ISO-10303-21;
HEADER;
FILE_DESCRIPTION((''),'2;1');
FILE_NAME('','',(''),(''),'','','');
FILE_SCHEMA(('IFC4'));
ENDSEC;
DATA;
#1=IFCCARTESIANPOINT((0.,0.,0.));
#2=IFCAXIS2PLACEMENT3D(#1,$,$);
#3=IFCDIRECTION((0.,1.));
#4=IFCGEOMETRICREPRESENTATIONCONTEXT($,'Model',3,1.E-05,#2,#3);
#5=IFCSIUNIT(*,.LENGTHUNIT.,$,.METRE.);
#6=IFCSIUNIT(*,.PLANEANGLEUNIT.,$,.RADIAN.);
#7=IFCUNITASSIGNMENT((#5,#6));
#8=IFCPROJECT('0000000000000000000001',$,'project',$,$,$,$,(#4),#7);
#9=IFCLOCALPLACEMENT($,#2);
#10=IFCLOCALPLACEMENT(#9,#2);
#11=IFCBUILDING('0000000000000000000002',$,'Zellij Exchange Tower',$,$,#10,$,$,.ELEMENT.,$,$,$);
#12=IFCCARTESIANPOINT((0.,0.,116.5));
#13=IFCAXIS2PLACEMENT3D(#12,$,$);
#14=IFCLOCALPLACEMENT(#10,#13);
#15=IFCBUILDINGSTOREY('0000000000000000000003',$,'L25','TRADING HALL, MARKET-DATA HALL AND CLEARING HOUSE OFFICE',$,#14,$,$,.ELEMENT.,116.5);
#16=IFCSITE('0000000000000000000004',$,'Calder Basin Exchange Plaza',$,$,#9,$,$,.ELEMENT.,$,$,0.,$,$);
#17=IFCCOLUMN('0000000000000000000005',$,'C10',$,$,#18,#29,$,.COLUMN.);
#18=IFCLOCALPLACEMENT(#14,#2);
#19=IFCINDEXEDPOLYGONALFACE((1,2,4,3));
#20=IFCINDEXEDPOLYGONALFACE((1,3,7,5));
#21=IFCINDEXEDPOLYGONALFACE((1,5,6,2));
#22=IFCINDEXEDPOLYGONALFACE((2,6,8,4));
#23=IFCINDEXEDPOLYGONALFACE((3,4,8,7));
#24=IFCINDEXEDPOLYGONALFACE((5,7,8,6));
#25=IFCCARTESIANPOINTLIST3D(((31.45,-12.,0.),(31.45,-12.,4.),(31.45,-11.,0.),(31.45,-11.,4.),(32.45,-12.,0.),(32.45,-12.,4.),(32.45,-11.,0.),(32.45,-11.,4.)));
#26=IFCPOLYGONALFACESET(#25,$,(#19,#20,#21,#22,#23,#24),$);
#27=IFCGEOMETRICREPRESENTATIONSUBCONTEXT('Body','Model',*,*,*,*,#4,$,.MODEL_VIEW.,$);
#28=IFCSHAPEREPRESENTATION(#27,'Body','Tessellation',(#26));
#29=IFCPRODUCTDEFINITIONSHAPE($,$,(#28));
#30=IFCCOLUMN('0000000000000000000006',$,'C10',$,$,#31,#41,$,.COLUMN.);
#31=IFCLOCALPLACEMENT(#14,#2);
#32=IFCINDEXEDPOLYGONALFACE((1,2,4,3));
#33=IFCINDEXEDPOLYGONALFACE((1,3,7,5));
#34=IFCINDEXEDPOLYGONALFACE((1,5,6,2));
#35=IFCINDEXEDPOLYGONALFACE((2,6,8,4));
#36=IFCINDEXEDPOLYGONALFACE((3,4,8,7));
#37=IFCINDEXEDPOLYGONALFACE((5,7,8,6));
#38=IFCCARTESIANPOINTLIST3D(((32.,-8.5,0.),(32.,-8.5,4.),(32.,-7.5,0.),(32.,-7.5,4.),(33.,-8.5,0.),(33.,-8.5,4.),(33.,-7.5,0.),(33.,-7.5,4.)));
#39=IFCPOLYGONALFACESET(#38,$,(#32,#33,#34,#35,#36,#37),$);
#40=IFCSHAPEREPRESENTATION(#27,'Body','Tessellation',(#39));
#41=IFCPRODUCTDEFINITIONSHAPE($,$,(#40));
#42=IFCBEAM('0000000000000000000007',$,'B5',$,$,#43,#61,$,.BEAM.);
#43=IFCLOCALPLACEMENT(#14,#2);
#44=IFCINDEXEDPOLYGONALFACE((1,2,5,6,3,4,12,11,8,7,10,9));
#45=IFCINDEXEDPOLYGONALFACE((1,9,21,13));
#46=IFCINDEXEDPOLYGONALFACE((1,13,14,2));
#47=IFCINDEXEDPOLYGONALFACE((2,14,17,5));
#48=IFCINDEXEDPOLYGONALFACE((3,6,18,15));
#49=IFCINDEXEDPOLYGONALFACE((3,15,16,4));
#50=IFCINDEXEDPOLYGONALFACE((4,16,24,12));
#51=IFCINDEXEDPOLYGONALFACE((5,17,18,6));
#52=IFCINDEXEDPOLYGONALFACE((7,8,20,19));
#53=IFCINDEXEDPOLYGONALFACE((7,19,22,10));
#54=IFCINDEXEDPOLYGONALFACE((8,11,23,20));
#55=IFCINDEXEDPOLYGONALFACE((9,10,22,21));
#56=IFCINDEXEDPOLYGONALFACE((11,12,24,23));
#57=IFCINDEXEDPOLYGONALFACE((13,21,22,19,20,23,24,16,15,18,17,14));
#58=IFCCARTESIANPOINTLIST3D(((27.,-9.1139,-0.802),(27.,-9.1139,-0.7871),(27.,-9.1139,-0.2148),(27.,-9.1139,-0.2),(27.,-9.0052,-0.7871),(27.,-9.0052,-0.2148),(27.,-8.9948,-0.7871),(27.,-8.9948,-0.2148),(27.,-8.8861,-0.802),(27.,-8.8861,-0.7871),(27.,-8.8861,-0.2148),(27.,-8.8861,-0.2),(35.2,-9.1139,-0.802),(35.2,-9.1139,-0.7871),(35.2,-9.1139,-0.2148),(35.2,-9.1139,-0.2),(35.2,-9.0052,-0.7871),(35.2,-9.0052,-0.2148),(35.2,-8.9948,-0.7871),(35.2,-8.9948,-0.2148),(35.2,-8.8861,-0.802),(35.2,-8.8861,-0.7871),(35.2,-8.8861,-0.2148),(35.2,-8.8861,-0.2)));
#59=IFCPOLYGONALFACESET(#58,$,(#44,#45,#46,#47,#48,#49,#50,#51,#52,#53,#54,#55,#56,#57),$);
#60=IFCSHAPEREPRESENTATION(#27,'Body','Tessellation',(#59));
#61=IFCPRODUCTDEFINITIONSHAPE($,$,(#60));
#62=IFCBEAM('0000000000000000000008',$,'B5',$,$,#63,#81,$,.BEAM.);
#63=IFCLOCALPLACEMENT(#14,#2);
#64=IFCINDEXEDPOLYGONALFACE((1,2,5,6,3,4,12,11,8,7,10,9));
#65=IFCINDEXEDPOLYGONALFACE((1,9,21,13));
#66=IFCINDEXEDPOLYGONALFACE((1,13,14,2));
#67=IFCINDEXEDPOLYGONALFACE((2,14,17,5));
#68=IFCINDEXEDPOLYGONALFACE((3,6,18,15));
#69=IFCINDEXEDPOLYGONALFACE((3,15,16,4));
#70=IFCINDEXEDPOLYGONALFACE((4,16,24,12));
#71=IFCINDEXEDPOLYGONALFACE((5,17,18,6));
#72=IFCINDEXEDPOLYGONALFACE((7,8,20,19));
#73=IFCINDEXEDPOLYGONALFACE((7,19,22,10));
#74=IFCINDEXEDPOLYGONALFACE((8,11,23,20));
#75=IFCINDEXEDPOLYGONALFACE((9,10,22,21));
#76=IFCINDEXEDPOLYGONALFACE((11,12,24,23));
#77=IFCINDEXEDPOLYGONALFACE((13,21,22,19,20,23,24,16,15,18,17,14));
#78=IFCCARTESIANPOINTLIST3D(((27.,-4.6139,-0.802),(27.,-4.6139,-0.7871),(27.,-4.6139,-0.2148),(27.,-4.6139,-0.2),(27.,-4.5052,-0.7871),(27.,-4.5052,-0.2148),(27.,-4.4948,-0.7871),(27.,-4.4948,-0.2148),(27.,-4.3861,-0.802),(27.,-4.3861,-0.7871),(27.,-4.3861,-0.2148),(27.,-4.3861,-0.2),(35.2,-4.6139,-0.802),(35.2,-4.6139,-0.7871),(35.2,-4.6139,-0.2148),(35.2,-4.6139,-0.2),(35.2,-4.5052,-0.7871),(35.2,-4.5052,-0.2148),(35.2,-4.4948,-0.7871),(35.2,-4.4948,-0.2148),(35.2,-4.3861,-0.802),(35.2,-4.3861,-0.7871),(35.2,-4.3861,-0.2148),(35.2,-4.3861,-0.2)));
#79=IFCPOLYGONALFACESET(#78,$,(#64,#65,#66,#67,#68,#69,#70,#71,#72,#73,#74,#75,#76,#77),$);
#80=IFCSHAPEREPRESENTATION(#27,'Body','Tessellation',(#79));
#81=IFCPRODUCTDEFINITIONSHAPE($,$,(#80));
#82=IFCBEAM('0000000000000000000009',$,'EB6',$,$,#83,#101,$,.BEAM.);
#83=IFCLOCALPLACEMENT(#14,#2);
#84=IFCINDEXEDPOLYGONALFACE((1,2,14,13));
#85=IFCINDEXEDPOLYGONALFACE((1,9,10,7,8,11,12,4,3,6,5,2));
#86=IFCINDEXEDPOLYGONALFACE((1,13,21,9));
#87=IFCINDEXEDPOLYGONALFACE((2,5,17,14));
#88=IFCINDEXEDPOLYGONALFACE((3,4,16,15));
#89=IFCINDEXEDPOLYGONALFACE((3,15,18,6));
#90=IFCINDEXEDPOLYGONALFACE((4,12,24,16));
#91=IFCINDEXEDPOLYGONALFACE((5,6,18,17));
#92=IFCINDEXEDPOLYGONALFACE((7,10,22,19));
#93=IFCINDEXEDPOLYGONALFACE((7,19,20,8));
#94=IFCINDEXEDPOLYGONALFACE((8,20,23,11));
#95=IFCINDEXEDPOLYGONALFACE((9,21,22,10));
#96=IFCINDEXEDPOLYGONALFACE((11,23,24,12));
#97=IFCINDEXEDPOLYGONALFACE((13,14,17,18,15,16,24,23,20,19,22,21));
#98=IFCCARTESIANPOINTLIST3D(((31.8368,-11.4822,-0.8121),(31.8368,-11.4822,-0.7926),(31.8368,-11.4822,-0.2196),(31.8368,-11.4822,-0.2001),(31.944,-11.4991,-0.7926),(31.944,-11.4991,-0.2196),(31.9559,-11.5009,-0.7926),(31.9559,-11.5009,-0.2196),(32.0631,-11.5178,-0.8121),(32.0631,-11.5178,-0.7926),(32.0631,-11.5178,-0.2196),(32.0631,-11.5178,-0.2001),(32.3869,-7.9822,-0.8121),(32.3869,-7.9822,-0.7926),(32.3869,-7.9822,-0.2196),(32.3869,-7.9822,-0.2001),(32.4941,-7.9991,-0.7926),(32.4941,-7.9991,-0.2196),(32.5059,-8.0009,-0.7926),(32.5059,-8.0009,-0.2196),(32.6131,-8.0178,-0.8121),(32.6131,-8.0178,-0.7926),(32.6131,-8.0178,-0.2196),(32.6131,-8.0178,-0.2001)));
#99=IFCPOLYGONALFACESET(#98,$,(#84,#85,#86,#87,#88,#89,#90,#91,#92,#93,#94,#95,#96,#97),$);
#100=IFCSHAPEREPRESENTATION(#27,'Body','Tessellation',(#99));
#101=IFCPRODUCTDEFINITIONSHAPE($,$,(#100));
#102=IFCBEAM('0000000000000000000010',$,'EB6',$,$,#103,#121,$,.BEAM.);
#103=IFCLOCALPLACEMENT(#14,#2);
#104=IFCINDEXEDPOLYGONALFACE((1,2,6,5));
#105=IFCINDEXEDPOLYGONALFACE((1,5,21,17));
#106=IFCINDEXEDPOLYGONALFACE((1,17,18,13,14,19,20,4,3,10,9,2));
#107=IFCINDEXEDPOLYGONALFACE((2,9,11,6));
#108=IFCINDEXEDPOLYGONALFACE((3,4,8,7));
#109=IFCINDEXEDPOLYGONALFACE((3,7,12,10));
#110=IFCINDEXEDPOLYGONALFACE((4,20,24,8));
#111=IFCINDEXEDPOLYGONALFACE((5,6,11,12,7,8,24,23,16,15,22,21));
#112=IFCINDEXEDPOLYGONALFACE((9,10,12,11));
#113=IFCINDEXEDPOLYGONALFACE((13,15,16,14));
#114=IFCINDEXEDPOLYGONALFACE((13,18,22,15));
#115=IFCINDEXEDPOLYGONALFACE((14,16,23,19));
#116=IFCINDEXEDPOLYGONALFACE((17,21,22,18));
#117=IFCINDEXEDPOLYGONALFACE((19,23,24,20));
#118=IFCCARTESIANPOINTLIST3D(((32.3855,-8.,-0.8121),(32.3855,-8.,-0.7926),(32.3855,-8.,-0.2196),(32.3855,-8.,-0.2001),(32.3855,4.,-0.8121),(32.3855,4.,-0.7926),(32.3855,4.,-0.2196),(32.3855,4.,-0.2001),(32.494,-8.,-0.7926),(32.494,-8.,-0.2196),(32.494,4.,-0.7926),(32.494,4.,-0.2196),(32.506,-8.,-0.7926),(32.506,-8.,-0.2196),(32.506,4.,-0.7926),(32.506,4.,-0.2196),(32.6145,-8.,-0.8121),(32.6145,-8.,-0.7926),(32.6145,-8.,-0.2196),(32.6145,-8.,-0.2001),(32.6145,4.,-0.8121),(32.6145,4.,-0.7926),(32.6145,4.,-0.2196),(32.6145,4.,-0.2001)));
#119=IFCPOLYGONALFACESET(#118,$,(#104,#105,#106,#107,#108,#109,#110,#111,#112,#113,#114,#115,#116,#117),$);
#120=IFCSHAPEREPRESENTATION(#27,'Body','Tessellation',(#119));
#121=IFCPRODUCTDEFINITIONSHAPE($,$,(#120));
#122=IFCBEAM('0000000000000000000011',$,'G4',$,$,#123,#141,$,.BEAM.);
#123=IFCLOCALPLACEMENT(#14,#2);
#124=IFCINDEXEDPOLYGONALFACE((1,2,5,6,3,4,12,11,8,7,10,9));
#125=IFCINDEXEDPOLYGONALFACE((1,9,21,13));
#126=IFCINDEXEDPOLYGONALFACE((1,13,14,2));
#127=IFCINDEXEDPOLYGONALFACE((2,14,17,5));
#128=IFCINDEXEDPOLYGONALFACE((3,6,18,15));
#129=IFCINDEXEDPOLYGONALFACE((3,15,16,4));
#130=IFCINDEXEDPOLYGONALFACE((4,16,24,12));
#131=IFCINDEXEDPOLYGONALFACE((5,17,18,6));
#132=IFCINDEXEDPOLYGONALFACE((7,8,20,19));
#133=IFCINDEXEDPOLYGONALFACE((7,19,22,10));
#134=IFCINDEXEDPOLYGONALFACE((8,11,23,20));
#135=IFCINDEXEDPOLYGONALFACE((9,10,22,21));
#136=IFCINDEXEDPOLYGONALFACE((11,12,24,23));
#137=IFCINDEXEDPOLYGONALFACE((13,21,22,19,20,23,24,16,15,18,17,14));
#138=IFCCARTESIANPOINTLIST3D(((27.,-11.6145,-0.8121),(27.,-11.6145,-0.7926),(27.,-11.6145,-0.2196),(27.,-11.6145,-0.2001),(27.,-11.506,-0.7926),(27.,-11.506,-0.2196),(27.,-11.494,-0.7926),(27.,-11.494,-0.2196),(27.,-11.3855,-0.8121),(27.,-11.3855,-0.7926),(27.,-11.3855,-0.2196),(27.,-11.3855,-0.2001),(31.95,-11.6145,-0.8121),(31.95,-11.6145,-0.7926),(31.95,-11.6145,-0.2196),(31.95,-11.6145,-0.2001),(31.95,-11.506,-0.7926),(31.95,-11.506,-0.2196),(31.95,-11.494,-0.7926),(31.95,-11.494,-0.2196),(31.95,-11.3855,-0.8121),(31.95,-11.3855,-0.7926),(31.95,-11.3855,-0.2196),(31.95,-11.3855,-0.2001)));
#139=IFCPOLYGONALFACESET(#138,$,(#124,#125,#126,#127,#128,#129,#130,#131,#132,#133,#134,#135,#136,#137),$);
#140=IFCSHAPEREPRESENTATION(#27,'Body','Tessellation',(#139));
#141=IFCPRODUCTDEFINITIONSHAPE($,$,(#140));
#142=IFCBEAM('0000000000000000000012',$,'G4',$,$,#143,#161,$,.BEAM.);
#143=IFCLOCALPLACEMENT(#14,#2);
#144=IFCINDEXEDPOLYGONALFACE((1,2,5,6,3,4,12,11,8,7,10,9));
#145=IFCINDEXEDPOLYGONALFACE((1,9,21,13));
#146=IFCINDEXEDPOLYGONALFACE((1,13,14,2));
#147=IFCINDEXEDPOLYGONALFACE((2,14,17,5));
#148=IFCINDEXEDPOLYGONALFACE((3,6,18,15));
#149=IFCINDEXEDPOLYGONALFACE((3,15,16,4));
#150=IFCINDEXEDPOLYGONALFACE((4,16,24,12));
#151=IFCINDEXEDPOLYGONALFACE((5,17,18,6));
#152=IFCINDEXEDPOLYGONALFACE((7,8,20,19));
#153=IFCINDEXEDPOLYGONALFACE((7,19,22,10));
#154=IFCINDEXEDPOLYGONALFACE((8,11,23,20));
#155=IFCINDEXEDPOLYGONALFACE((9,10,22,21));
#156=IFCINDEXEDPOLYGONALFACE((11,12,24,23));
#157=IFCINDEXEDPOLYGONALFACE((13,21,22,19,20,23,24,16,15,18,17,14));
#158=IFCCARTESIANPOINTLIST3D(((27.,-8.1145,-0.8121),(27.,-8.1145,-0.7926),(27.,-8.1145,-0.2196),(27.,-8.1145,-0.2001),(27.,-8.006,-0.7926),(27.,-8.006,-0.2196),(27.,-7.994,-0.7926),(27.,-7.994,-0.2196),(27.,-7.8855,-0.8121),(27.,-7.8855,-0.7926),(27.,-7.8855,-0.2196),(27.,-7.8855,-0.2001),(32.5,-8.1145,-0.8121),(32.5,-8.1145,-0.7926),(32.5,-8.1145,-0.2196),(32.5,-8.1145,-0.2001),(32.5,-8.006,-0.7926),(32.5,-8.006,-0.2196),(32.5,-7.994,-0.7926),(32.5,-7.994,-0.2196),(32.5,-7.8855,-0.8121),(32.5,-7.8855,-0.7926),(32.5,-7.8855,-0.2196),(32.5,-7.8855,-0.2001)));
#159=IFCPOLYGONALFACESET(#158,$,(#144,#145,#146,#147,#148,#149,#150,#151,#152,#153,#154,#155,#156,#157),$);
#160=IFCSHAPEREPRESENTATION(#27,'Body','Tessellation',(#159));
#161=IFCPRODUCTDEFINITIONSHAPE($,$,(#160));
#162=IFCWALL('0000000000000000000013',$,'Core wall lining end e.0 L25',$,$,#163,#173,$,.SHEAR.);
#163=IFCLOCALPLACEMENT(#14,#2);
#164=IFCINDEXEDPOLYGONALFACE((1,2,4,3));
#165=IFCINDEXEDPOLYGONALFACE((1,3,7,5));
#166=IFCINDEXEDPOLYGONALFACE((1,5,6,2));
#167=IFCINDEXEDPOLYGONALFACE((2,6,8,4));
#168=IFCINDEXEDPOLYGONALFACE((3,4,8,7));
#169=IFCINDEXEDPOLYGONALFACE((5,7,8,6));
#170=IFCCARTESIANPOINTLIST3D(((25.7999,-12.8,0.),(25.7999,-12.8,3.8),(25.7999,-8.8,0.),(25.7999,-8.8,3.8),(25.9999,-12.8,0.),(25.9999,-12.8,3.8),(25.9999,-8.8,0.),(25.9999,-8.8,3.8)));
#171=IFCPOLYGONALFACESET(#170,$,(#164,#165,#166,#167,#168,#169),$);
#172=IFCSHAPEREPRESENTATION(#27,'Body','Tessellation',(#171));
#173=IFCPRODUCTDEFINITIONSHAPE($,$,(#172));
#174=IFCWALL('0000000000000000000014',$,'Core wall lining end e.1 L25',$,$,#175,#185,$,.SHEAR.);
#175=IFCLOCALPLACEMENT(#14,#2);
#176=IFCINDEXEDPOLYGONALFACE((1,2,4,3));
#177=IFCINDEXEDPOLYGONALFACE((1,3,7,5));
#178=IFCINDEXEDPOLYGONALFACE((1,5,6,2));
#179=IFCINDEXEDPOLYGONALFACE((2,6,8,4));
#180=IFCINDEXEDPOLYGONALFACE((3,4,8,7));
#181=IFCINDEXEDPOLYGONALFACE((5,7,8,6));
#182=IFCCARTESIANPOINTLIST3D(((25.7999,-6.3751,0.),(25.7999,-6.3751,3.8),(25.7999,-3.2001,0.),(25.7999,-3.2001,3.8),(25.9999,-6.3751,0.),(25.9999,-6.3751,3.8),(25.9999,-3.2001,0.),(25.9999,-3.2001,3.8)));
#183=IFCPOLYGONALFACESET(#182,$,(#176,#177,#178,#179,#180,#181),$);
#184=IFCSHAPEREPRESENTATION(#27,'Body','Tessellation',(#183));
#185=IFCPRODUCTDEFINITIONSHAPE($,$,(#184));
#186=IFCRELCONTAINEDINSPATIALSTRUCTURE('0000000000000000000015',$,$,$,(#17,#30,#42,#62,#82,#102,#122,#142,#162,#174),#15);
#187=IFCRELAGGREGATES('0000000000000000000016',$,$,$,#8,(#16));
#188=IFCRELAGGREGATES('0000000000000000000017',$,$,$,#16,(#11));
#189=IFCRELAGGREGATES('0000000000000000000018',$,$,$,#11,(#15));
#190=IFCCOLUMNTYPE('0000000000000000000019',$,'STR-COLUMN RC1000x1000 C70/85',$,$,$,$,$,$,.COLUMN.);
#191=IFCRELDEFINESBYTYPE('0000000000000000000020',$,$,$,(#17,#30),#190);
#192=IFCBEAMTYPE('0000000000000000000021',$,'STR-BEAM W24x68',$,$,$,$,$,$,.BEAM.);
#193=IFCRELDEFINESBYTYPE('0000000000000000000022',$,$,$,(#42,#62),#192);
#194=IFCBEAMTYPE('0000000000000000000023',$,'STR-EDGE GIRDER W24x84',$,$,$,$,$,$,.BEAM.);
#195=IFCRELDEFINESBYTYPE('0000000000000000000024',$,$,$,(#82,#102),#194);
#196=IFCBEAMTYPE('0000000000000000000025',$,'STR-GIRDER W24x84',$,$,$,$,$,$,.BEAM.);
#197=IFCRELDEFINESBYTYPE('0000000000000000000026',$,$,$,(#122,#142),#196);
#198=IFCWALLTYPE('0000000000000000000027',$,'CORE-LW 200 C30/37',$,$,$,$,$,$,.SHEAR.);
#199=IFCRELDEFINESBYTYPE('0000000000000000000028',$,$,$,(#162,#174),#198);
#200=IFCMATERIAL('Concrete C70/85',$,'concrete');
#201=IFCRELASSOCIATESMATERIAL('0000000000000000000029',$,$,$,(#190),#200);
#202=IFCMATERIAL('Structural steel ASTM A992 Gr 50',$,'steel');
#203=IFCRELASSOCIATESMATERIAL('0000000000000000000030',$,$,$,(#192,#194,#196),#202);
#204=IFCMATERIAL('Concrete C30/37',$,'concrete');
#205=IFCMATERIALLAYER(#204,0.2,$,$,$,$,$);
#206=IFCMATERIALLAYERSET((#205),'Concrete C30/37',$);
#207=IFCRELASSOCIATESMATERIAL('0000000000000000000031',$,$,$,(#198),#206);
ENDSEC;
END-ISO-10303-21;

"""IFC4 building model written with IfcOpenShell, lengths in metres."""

from ifc_helpers import new_model, si_unit, direction, frame, frame_2d, origin, origin_2d, place, context, subcontext, project, spatial, rectangle, i_section, extrude, material, layer, layer_set, material_profile, profile_set, type_object, element, save


model = new_model("IFC4")

# Units and contexts
model_context = context("Model", 3, precision=1e-05, world=origin(), true_north=direction((0.0, 1.0)))
body_context = subcontext(model_context, "Body", "Model", "MODEL_VIEW")
ifc_project = project(units=[si_unit("LENGTHUNIT", "METRE"), si_unit("PLANEANGLEUNIT", "RADIAN")], contexts=[model_context])

# Site, building, storey
site_placement = place(None, origin())
site = spatial("IfcSite", under=ifc_project, at=site_placement, Name="Calder Basin Exchange Plaza", CompositionType="ELEMENT", RefElevation=0.0)
building_placement = place(site_placement, origin())
building = spatial("IfcBuilding", under=site, at=building_placement, Name="Zellij Exchange Tower", CompositionType="ELEMENT")
storey_placement = place(building_placement, frame((0.0, 0.0, 116.5)))
storey = spatial("IfcBuildingStorey", under=building, at=storey_placement, Name="L25", Description="TRADING HALL, MARKET-DATA HALL AND CLEARING HOUSE OFFICE", CompositionType="ELEMENT", Elevation=116.5)

# Columns
ifc_material_1 = material(Name="Concrete C70/85", Category="concrete")
ifc_material_profile_1 = material_profile(ifc_material_1, rectangle(XDim=1.0, YDim=1.0, at=origin_2d()), Name="STR-COLUMN RC1000x1000 C70/85")
ifc_profile_set_1 = profile_set([ifc_material_profile_1], Name="Concrete C70/85")
column_type = type_object("IfcColumnType", Name="STR-COLUMN RC1000x1000 C70/85", PredefinedType="COLUMN", material=ifc_profile_set_1)
for number, where, z_axis, x_axis, name in (
    (1, (31.95, -11.5, 0.0), (0.0, 0.0, 1.0), (1.0, 0.0, 0.0), "C10"),
    (2, (32.5, -8.0, 0.0), (0.0, 0.0, 1.0), (1.0, 0.0, 0.0), "C10"),
):
    element("IfcColumn", number, at=place(storey_placement, frame(where, z_axis=z_axis, x_axis=x_axis)), inside=storey, type_object=column_type, Name=name, PredefinedType="COLUMN", context=body_context, shape_type="SweptSolid", body=[
        extrude(rectangle(XDim=1.0, YDim=1.0, at=origin_2d()), origin(), (0.0, 0.0, 1.0), 4.0),
    ])

# Beams
ifc_material_2 = material(Name="Structural steel ASTM A992 Gr 50", Category="steel")
ifc_material_profile_2 = material_profile(ifc_material_2, i_section(OverallWidth=0.2278, OverallDepth=0.6021, WebThickness=0.0105, FlangeThickness=0.0149, at=origin_2d()), Name="W24x68")
ifc_profile_set_2 = profile_set([ifc_material_profile_2], Name="Structural steel ASTM A992 Gr 50")
beam_type_1 = type_object("IfcBeamType", Name="STR-BEAM W24x68", PredefinedType="BEAM", material=ifc_profile_set_2)
for number, where, z_axis, x_axis, name in (
    (3, (27.0, -9.0, -0.501), (1.0, 0.0, 0.0), (0.0, 1.0, 0.0), "B5"),
    (4, (27.0, -4.5, -0.501), (1.0, 0.0, 0.0), (0.0, 1.0, 0.0), "B5"),
):
    element("IfcBeam", number, at=place(storey_placement, frame(where, z_axis=z_axis, x_axis=x_axis)), inside=storey, type_object=beam_type_1, Name=name, PredefinedType="BEAM", context=body_context, shape_type="SweptSolid", body=[
        extrude(i_section(OverallWidth=0.2278, OverallDepth=0.6021, WebThickness=0.0105, FlangeThickness=0.0149, at=origin_2d()), origin(), (0.0, 0.0, 1.0), 8.2),
    ])
ifc_material_profile_3 = material_profile(ifc_material_2, i_section(OverallWidth=0.229, OverallDepth=0.6121, WebThickness=0.012, FlangeThickness=0.0195, at=origin_2d()), Name="W24x84")
ifc_profile_set_3 = profile_set([ifc_material_profile_3], Name="Structural steel ASTM A992 Gr 50")
beam_type_2 = type_object("IfcBeamType", Name="STR-EDGE GIRDER W24x84", PredefinedType="BEAM", material=ifc_profile_set_3)
beam_1_placement = place(storey_placement, frame((31.95, -11.5, -0.5061), z_axis=(0.155251, 0.987875, 0.0), x_axis=(-0.987875, 0.155251, 0.0)))
element("IfcBeam", 5, at=beam_1_placement, inside=storey, type_object=beam_type_2, Name="EB6", PredefinedType="BEAM", context=body_context, shape_type="SweptSolid", body=[
    extrude(i_section(OverallWidth=0.229, OverallDepth=0.6121, WebThickness=0.012, FlangeThickness=0.0195, at=origin_2d()), origin(), (0.0, 0.0, 1.0), 3.543),
])
beam_2_placement = place(storey_placement, frame((32.5, -8.0, -0.5061), z_axis=(0.0, 1.0, 0.0), x_axis=(-1.0, 0.0, 0.0)))
element("IfcBeam", 6, at=beam_2_placement, inside=storey, type_object=beam_type_2, Name="EB6", PredefinedType="BEAM", context=body_context, shape_type="SweptSolid", body=[
    extrude(i_section(OverallWidth=0.229, OverallDepth=0.6121, WebThickness=0.012, FlangeThickness=0.0195, at=origin_2d()), origin(), (0.0, 0.0, 1.0), 12.0),
])
ifc_material_profile_4 = material_profile(ifc_material_2, i_section(OverallWidth=0.229, OverallDepth=0.6121, WebThickness=0.012, FlangeThickness=0.0195, at=origin_2d()), Name="W24x84")
ifc_profile_set_4 = profile_set([ifc_material_profile_4], Name="Structural steel ASTM A992 Gr 50")
beam_type_3 = type_object("IfcBeamType", Name="STR-GIRDER W24x84", PredefinedType="BEAM", material=ifc_profile_set_4)
beam_3_placement = place(storey_placement, frame((27.0, -11.5, -0.5061), z_axis=(1.0, 0.0, 0.0), x_axis=(0.0, 1.0, 0.0)))
element("IfcBeam", 7, at=beam_3_placement, inside=storey, type_object=beam_type_3, Name="G4", PredefinedType="BEAM", context=body_context, shape_type="SweptSolid", body=[
    extrude(i_section(OverallWidth=0.229, OverallDepth=0.6121, WebThickness=0.012, FlangeThickness=0.0195, at=origin_2d()), origin(), (0.0, 0.0, 1.0), 4.95),
])
beam_4_placement = place(storey_placement, frame((27.0, -8.0, -0.5061), z_axis=(1.0, 0.0, 0.0), x_axis=(0.0, 1.0, 0.0)))
element("IfcBeam", 8, at=beam_4_placement, inside=storey, type_object=beam_type_3, Name="G4", PredefinedType="BEAM", context=body_context, shape_type="SweptSolid", body=[
    extrude(i_section(OverallWidth=0.229, OverallDepth=0.6121, WebThickness=0.012, FlangeThickness=0.0195, at=origin_2d()), origin(), (0.0, 0.0, 1.0), 5.5),
])

# Walls
ifc_material_3 = material(Name="Concrete C30/37", Category="concrete")
ifc_layer_1 = layer(ifc_material_3, 0.2)
ifc_layer_set_1 = layer_set([ifc_layer_1], Name="Concrete C30/37")
wall_type_1 = type_object("IfcWallType", Name="CORE-LW 200 C30/37", PredefinedType="SHEAR", material=ifc_layer_set_1)
wall_1_placement = place(storey_placement, frame((25.8999, -12.8, 0.0), z_axis=(0.0, 0.0, 1.0), x_axis=(0.0, 1.0, 0.0)))
element("IfcWall", 9, at=wall_1_placement, inside=storey, type_object=wall_type_1, Name="Core wall lining end e.0 L25", PredefinedType="SHEAR", context=body_context, shape_type="SweptSolid", body=[
    extrude(rectangle(XDim=4.0, YDim=0.2, at=frame_2d((2.0, 0.0))), origin(), (0.0, 0.0, 1.0), 3.8),
])
wall_2_placement = place(storey_placement, frame((25.8999, -6.375, 0.0), z_axis=(0.0, 0.0, 1.0), x_axis=(0.0, 1.0, 0.0)))
element("IfcWall", 10, at=wall_2_placement, inside=storey, type_object=wall_type_1, Name="Core wall lining end e.1 L25", PredefinedType="SHEAR", context=body_context, shape_type="SweptSolid", body=[
    extrude(rectangle(XDim=3.175, YDim=0.2, at=frame_2d((1.5874, 0.0))), origin(), (0.0, 0.0, 1.0), 3.8),
])

save(model, "model.ifc")
